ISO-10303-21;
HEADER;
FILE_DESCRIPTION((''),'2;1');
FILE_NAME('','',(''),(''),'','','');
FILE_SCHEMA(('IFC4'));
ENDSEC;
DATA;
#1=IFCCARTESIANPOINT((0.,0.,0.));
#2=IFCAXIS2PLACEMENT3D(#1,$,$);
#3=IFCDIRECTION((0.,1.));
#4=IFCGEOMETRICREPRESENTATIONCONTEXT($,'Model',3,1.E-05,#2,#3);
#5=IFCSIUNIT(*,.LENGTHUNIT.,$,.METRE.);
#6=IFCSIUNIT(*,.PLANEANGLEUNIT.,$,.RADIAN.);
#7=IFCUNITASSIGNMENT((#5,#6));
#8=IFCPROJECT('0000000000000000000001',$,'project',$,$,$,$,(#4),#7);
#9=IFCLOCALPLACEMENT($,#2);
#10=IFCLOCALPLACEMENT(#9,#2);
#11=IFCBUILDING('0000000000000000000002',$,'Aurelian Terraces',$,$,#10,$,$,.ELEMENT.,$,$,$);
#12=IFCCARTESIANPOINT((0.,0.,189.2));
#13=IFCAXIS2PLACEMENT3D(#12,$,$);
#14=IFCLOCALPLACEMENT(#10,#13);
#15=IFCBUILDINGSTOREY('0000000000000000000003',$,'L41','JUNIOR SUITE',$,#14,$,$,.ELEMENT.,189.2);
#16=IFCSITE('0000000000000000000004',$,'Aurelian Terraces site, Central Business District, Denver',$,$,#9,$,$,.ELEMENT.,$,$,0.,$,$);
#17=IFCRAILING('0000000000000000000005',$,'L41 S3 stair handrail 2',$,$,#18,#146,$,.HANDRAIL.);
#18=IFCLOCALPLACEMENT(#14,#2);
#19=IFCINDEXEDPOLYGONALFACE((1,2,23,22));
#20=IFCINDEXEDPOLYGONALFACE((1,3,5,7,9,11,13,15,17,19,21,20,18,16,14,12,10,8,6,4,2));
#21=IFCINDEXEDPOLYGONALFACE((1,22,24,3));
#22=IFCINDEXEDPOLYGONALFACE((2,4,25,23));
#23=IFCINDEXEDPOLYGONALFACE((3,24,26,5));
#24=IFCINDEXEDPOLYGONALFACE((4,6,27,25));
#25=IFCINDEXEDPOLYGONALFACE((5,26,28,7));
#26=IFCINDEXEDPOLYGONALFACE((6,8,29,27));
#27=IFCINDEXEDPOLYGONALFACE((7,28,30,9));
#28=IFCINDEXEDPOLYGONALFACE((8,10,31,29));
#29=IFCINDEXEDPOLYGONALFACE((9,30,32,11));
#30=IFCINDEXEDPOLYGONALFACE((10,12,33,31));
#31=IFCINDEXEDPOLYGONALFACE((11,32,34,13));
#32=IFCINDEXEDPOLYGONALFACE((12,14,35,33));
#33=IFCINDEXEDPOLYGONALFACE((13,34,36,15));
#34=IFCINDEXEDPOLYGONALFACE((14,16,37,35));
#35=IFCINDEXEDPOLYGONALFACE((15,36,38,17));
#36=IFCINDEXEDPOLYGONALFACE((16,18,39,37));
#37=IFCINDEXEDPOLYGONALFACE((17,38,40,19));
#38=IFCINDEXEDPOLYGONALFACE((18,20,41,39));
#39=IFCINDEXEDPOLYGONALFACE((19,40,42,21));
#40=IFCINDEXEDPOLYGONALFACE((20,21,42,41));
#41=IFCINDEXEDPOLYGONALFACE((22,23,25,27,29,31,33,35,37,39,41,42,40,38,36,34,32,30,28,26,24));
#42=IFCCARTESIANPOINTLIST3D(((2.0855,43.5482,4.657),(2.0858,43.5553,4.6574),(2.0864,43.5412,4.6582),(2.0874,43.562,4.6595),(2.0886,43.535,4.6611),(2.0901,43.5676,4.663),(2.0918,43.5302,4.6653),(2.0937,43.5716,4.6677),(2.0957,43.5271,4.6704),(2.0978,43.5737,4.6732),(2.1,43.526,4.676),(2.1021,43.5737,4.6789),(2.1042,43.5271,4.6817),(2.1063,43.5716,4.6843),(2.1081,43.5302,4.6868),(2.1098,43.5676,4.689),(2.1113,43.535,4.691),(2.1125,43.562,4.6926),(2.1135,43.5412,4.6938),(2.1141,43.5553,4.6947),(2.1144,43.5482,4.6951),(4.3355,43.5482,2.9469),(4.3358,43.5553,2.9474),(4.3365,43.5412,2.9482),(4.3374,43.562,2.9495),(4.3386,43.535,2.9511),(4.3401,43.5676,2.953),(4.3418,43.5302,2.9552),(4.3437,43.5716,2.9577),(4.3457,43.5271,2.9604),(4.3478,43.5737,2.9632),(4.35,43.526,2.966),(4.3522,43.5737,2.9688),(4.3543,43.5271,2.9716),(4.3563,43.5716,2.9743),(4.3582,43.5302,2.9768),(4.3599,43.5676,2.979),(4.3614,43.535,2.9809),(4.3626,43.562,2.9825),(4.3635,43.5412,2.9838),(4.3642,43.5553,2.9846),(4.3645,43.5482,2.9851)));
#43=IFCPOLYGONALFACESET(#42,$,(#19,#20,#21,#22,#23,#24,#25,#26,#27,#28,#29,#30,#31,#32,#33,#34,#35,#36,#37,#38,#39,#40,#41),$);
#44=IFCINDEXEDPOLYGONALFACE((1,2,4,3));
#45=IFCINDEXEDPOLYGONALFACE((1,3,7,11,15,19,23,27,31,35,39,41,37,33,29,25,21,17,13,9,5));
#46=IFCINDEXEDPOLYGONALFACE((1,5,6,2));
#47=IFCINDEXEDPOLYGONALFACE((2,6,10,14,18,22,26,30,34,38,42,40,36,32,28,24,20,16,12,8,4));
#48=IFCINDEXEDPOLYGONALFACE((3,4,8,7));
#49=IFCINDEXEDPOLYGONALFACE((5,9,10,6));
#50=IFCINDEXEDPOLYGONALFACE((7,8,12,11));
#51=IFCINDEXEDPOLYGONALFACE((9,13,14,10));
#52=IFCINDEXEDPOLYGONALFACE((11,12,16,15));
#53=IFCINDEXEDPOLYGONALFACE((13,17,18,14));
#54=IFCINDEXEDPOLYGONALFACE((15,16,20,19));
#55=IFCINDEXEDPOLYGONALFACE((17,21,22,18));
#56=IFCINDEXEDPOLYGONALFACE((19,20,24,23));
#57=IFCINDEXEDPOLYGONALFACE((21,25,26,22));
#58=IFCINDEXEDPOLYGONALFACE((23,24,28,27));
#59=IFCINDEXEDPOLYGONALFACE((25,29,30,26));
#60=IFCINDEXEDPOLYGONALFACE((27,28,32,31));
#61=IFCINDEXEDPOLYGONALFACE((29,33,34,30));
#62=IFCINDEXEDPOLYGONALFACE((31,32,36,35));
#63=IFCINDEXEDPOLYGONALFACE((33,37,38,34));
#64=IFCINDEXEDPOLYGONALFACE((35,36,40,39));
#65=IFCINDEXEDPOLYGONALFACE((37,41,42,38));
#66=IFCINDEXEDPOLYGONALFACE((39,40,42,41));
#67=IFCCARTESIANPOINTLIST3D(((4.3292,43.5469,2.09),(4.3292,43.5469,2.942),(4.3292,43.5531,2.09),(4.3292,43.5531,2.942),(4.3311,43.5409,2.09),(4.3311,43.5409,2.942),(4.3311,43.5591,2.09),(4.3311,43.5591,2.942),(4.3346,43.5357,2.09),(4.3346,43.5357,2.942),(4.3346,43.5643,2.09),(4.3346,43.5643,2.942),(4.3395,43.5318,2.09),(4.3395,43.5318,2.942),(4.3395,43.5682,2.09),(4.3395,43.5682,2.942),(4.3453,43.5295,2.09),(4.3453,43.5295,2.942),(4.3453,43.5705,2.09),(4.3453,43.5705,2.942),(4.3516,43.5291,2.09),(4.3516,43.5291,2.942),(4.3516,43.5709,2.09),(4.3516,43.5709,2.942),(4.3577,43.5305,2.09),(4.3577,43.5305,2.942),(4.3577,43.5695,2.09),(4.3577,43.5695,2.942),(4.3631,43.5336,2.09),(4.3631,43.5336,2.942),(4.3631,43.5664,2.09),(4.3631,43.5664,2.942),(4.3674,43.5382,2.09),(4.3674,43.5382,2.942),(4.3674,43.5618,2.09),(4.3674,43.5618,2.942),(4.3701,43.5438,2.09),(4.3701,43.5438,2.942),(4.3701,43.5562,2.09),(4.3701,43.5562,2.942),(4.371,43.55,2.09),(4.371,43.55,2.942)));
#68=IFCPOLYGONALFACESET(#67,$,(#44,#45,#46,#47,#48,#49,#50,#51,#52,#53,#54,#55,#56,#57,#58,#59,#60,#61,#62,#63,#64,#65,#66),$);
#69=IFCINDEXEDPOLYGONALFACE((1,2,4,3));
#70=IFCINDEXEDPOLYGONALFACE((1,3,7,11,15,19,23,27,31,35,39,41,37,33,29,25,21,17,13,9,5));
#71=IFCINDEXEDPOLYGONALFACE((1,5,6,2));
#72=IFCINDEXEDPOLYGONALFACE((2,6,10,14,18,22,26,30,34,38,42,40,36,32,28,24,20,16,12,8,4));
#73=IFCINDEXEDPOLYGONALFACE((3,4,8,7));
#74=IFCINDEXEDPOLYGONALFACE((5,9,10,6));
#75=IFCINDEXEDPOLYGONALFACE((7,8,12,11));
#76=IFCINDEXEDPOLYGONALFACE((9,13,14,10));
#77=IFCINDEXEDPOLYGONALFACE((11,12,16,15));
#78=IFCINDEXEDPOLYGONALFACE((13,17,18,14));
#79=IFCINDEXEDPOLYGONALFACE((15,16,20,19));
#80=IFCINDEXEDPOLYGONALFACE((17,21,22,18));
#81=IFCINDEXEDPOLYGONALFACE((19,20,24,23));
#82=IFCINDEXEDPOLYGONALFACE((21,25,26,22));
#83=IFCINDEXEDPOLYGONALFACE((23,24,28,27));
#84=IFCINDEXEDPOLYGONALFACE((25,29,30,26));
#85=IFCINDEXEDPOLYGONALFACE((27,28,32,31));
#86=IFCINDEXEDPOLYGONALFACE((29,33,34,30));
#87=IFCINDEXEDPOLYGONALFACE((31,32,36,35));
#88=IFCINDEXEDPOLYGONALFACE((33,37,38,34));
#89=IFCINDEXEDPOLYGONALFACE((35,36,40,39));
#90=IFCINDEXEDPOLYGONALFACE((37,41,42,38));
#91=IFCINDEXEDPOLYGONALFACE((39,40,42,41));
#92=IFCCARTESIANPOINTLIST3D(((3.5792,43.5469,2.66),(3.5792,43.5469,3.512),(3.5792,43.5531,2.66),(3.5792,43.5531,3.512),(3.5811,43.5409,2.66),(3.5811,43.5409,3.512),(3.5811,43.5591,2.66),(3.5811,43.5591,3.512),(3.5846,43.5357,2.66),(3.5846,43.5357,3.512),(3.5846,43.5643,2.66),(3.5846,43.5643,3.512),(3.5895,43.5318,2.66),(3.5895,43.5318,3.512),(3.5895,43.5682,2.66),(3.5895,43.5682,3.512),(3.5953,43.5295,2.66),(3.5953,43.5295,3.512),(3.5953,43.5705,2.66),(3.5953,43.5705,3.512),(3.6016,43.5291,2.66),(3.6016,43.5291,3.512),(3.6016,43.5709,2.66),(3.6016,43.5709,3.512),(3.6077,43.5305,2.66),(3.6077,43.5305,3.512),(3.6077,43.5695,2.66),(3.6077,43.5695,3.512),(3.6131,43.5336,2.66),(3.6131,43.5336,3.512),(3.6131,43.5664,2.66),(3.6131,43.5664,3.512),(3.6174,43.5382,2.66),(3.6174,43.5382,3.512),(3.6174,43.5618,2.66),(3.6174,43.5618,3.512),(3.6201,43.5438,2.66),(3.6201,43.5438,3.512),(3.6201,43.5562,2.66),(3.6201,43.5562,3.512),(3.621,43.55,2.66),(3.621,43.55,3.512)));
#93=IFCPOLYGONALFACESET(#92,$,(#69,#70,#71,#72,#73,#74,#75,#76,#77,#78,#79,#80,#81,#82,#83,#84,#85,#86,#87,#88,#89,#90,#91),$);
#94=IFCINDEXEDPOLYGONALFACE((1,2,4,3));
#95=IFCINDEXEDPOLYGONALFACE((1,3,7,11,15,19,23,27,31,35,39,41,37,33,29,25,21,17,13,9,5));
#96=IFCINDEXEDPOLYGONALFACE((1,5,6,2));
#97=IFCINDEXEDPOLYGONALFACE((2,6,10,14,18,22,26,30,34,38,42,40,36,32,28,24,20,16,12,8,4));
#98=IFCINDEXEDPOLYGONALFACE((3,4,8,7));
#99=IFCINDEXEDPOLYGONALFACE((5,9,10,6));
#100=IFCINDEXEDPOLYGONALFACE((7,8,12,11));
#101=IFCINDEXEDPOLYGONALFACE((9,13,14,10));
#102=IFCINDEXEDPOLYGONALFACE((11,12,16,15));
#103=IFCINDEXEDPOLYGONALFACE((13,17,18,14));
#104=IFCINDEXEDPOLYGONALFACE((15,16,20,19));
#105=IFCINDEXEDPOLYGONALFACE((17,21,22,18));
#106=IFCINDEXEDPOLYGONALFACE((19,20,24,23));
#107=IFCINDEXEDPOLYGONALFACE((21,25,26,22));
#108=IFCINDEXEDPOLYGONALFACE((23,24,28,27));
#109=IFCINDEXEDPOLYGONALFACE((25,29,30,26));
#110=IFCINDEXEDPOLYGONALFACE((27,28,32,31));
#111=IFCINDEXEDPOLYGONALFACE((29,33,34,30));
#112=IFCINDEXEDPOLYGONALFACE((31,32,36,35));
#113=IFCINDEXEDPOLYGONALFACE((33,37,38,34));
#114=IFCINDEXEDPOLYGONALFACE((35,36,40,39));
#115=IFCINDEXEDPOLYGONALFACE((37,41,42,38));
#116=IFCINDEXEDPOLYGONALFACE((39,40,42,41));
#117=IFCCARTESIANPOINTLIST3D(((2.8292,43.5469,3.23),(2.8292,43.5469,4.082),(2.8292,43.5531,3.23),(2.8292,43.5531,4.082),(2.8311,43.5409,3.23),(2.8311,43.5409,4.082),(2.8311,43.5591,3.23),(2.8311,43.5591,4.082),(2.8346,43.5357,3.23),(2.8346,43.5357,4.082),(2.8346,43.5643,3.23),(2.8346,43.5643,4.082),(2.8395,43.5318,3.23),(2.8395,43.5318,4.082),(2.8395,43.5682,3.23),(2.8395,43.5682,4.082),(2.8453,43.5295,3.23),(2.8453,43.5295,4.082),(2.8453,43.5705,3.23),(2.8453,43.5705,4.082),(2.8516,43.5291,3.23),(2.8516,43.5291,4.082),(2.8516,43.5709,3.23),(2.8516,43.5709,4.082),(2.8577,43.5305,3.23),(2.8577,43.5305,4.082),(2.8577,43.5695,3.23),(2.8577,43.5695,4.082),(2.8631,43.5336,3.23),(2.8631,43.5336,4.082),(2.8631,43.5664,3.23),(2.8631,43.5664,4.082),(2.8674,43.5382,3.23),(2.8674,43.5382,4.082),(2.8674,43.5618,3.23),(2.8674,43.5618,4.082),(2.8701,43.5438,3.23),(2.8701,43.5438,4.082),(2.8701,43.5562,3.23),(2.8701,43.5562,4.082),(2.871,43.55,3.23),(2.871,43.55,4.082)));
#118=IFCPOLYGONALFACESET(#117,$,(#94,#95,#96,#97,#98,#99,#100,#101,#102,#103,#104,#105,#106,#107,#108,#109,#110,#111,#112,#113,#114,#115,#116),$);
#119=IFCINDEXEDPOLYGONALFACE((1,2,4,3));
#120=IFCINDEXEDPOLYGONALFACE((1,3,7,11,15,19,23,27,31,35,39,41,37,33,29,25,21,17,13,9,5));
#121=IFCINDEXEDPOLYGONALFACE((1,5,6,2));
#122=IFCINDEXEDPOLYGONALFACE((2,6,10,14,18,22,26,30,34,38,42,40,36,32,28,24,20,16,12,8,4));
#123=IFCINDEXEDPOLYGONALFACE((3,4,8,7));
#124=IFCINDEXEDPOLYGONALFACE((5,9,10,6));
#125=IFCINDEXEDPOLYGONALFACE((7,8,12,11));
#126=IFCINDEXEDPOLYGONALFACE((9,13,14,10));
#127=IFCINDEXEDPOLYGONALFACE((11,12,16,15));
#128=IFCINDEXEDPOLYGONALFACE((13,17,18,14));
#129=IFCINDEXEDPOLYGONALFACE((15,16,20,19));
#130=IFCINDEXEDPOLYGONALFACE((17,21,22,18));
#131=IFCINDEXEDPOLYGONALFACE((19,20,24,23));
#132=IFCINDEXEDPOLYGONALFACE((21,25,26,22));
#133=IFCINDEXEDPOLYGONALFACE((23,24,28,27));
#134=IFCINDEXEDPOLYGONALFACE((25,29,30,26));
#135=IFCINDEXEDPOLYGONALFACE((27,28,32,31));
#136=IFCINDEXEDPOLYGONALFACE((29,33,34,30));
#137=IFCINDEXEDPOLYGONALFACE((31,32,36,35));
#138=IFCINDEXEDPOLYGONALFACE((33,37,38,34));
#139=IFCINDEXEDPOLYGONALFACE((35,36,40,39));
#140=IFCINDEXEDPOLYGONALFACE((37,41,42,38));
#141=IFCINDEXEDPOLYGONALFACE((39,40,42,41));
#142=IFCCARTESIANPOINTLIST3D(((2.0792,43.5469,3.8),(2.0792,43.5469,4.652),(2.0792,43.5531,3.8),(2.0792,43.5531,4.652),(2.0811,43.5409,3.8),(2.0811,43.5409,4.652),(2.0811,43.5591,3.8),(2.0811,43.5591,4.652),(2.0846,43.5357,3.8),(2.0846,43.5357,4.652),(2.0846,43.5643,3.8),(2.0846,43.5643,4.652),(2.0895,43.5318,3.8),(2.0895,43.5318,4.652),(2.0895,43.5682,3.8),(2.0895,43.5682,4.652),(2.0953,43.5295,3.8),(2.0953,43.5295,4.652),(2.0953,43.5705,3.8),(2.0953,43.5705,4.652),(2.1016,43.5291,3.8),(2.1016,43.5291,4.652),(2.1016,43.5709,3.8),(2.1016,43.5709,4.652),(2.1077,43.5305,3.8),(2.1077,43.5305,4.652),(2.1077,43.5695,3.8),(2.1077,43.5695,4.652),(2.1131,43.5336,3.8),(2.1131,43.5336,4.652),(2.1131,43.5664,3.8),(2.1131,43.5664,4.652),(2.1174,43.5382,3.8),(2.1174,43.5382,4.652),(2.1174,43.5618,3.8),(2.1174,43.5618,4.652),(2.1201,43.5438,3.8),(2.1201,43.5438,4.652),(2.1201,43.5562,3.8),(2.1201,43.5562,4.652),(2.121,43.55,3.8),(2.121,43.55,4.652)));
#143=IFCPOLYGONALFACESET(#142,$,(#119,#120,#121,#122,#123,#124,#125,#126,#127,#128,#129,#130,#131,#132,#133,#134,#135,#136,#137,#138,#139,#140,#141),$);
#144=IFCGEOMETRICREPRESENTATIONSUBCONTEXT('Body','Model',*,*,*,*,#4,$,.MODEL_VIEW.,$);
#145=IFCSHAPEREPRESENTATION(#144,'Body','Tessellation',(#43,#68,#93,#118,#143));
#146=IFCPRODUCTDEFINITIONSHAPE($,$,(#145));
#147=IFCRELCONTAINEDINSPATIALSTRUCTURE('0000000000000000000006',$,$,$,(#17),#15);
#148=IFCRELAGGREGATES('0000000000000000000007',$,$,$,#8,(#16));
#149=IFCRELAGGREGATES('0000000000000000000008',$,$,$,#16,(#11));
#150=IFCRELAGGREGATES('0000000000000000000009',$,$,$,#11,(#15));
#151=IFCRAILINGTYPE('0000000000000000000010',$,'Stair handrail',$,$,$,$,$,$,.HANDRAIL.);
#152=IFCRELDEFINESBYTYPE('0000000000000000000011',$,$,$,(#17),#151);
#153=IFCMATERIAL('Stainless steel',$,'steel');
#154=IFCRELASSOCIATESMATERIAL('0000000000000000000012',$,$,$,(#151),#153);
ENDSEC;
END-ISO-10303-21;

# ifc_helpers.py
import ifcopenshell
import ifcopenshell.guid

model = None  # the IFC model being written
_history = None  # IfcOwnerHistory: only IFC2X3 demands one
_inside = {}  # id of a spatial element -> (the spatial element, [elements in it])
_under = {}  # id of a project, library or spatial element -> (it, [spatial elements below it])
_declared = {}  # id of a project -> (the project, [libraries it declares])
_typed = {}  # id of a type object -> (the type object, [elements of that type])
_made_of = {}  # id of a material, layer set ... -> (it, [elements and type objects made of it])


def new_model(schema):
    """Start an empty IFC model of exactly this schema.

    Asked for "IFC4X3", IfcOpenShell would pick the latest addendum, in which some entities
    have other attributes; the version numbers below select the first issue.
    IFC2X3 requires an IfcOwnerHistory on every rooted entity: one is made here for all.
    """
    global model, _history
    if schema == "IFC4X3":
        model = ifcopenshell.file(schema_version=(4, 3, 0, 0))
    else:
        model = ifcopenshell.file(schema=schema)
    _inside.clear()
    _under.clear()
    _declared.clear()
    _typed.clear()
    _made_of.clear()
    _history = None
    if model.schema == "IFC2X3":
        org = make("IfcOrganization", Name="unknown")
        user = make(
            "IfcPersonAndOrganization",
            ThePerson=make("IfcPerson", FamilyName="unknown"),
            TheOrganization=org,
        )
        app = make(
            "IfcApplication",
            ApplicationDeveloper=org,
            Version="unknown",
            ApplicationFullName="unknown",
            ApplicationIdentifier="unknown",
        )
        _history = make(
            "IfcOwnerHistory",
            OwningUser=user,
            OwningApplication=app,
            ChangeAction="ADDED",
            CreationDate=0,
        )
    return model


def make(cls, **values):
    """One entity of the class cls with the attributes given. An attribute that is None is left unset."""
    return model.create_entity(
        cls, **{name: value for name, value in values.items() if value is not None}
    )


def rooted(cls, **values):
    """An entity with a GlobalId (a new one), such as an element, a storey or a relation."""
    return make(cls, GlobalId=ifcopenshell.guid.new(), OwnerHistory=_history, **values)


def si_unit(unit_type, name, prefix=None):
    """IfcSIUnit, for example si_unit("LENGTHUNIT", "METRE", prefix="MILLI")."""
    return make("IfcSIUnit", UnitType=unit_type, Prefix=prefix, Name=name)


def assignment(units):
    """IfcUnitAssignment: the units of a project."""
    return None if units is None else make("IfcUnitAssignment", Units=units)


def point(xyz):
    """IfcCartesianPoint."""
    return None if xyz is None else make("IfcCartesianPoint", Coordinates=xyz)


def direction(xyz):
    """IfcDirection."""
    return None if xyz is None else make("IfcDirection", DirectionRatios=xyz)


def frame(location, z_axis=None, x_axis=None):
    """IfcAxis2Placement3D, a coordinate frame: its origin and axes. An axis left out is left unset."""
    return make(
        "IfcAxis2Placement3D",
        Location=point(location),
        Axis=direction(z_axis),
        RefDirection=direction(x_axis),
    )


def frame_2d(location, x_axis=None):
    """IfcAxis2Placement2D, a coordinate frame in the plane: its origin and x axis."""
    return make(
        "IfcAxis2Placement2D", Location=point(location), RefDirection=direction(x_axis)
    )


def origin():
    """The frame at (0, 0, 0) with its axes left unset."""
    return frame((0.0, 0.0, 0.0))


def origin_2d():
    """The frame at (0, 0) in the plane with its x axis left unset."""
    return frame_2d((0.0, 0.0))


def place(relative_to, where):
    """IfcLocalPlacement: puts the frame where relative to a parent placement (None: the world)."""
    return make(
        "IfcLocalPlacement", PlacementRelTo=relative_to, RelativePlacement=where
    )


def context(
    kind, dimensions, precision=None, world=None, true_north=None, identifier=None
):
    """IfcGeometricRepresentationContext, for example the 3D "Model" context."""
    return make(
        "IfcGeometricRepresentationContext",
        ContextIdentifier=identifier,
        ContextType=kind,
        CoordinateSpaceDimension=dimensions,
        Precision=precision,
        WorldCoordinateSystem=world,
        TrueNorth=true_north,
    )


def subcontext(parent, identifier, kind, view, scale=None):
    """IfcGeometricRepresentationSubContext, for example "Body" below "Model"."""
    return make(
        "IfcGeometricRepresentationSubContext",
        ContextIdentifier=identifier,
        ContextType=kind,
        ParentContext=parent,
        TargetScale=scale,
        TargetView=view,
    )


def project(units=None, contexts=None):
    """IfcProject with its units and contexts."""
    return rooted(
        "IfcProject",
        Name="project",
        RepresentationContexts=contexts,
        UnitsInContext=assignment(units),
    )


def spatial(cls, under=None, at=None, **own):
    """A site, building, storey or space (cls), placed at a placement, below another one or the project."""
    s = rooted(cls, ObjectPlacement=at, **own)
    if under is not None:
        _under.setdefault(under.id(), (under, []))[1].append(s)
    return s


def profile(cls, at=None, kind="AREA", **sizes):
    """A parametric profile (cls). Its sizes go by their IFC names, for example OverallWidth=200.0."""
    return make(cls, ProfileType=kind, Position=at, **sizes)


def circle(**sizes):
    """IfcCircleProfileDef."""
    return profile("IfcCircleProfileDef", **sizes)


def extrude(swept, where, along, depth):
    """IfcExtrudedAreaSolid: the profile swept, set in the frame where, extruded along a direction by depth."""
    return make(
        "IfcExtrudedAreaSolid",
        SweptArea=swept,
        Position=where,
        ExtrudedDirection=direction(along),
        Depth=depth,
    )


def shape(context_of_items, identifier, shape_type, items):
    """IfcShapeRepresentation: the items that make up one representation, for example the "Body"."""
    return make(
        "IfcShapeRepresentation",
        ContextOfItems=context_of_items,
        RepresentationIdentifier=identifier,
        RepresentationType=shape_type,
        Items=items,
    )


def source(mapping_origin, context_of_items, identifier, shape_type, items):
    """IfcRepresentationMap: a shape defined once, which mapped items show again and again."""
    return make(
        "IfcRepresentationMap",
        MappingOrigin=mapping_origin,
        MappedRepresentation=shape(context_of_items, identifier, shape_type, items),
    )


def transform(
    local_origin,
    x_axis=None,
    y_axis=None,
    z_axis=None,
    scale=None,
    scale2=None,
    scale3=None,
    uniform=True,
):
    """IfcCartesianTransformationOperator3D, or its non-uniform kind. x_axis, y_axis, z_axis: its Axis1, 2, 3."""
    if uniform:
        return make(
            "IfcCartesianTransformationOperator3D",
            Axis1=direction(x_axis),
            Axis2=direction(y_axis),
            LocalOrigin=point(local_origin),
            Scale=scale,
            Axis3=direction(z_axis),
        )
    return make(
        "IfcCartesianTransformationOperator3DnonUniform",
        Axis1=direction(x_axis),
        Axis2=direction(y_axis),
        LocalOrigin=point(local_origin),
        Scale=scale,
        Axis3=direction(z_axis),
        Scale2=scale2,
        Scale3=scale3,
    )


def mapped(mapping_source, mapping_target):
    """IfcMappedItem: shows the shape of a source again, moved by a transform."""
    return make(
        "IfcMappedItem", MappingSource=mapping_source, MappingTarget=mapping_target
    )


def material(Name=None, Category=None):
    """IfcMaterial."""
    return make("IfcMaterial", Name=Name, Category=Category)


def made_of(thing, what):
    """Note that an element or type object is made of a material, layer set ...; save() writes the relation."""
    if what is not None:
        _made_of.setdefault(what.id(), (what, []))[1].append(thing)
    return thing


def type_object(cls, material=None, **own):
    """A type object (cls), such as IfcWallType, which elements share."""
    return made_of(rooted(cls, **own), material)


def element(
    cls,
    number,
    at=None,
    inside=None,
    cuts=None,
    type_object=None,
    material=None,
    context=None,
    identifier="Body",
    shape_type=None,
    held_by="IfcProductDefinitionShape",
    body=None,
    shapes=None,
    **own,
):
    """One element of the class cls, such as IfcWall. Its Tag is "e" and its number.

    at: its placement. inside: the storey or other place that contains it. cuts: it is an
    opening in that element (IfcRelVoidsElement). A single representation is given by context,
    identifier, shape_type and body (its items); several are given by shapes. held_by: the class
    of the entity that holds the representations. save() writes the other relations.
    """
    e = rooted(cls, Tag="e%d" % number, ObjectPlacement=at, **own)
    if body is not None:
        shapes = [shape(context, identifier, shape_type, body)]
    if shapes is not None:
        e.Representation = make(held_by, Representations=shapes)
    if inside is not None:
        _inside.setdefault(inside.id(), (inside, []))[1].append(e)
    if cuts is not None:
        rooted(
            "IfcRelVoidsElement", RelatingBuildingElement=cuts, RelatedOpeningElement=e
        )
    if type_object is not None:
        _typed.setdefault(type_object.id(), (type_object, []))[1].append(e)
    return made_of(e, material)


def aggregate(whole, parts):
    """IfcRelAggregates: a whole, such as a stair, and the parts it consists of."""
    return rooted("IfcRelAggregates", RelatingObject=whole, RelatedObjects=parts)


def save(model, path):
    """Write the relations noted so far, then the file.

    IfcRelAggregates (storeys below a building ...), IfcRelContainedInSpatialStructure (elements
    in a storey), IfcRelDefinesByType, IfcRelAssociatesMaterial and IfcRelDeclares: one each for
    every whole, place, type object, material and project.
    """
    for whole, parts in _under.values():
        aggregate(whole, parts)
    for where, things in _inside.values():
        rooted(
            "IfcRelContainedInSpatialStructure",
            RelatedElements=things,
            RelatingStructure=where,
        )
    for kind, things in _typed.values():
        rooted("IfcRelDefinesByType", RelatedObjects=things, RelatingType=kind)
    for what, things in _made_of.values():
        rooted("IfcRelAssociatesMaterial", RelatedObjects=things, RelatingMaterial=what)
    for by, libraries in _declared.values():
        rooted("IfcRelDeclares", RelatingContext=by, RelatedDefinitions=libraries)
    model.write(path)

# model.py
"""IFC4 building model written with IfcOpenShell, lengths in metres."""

from ifc_helpers import new_model, si_unit, direction, frame, origin, origin_2d, place, context, subcontext, project, spatial, circle, extrude, source, transform, mapped, material, type_object, element, save


model = new_model("IFC4")

# Units and contexts
model_context = context("Model", 3, precision=1e-05, world=origin(), true_north=direction((0.0, 1.0)))
body_context = subcontext(model_context, "Body", "Model", "MODEL_VIEW")
ifc_project = project(units=[si_unit("LENGTHUNIT", "METRE"), si_unit("PLANEANGLEUNIT", "RADIAN")], contexts=[model_context])

# Site, building, storey
site_placement = place(None, origin())
site = spatial("IfcSite", under=ifc_project, at=site_placement, Name="Aurelian Terraces site, Central Business District, Denver", CompositionType="ELEMENT", RefElevation=0.0)
building_placement = place(site_placement, origin())
building = spatial("IfcBuilding", under=site, at=building_placement, Name="Aurelian Terraces", CompositionType="ELEMENT")
storey_placement = place(building_placement, frame((0.0, 0.0, 189.2)))
storey = spatial("IfcBuildingStorey", under=building, at=storey_placement, Name="L41", Description="JUNIOR SUITE", CompositionType="ELEMENT", Elevation=189.2)

# Railing
ifc_material_1 = material(Name="Stainless steel", Category="steel")
railing_type_1 = type_object("IfcRailingType", Name="Stair handrail", PredefinedType="HANDRAIL", material=ifc_material_1)
shared_shape_1 = source(origin(), body_context, "Body", "SweptSolid", [
    extrude(circle(Radius=0.024, at=origin_2d()), frame((0.0, 0.0, 0.876), z_axis=(-0.796162, 0.0, 0.605083), x_axis=(0.0, -1.0, 0.0)), (0.0, 0.0, 1.0), 2.8261),
    extrude(circle(Radius=0.021, at=origin_2d()), origin(), (0.0, 0.0, 1.0), 0.852),
    extrude(circle(Radius=0.021, at=origin_2d()), frame((-0.75, 0.0, 0.57)), (0.0, 0.0, 1.0), 0.852),
    extrude(circle(Radius=0.021, at=origin_2d()), frame((-1.5, 0.0, 1.14)), (0.0, 0.0, 1.0), 0.852),
    extrude(circle(Radius=0.021, at=origin_2d()), frame((-2.25, 0.0, 1.71)), (0.0, 0.0, 1.0), 0.852),
])
railing_1_placement = place(storey_placement, frame((4.35, 43.55, 2.09)))
element("IfcRailing", 1, at=railing_1_placement, inside=storey, type_object=railing_type_1, Name="L41 S3 stair handrail 2", PredefinedType="HANDRAIL", context=body_context, shape_type="MappedRepresentation", body=[
    mapped(shared_shape_1, transform((0.0, 0.0, 0.0), scale=1.0)),
])

save(model, "model.ifc")
